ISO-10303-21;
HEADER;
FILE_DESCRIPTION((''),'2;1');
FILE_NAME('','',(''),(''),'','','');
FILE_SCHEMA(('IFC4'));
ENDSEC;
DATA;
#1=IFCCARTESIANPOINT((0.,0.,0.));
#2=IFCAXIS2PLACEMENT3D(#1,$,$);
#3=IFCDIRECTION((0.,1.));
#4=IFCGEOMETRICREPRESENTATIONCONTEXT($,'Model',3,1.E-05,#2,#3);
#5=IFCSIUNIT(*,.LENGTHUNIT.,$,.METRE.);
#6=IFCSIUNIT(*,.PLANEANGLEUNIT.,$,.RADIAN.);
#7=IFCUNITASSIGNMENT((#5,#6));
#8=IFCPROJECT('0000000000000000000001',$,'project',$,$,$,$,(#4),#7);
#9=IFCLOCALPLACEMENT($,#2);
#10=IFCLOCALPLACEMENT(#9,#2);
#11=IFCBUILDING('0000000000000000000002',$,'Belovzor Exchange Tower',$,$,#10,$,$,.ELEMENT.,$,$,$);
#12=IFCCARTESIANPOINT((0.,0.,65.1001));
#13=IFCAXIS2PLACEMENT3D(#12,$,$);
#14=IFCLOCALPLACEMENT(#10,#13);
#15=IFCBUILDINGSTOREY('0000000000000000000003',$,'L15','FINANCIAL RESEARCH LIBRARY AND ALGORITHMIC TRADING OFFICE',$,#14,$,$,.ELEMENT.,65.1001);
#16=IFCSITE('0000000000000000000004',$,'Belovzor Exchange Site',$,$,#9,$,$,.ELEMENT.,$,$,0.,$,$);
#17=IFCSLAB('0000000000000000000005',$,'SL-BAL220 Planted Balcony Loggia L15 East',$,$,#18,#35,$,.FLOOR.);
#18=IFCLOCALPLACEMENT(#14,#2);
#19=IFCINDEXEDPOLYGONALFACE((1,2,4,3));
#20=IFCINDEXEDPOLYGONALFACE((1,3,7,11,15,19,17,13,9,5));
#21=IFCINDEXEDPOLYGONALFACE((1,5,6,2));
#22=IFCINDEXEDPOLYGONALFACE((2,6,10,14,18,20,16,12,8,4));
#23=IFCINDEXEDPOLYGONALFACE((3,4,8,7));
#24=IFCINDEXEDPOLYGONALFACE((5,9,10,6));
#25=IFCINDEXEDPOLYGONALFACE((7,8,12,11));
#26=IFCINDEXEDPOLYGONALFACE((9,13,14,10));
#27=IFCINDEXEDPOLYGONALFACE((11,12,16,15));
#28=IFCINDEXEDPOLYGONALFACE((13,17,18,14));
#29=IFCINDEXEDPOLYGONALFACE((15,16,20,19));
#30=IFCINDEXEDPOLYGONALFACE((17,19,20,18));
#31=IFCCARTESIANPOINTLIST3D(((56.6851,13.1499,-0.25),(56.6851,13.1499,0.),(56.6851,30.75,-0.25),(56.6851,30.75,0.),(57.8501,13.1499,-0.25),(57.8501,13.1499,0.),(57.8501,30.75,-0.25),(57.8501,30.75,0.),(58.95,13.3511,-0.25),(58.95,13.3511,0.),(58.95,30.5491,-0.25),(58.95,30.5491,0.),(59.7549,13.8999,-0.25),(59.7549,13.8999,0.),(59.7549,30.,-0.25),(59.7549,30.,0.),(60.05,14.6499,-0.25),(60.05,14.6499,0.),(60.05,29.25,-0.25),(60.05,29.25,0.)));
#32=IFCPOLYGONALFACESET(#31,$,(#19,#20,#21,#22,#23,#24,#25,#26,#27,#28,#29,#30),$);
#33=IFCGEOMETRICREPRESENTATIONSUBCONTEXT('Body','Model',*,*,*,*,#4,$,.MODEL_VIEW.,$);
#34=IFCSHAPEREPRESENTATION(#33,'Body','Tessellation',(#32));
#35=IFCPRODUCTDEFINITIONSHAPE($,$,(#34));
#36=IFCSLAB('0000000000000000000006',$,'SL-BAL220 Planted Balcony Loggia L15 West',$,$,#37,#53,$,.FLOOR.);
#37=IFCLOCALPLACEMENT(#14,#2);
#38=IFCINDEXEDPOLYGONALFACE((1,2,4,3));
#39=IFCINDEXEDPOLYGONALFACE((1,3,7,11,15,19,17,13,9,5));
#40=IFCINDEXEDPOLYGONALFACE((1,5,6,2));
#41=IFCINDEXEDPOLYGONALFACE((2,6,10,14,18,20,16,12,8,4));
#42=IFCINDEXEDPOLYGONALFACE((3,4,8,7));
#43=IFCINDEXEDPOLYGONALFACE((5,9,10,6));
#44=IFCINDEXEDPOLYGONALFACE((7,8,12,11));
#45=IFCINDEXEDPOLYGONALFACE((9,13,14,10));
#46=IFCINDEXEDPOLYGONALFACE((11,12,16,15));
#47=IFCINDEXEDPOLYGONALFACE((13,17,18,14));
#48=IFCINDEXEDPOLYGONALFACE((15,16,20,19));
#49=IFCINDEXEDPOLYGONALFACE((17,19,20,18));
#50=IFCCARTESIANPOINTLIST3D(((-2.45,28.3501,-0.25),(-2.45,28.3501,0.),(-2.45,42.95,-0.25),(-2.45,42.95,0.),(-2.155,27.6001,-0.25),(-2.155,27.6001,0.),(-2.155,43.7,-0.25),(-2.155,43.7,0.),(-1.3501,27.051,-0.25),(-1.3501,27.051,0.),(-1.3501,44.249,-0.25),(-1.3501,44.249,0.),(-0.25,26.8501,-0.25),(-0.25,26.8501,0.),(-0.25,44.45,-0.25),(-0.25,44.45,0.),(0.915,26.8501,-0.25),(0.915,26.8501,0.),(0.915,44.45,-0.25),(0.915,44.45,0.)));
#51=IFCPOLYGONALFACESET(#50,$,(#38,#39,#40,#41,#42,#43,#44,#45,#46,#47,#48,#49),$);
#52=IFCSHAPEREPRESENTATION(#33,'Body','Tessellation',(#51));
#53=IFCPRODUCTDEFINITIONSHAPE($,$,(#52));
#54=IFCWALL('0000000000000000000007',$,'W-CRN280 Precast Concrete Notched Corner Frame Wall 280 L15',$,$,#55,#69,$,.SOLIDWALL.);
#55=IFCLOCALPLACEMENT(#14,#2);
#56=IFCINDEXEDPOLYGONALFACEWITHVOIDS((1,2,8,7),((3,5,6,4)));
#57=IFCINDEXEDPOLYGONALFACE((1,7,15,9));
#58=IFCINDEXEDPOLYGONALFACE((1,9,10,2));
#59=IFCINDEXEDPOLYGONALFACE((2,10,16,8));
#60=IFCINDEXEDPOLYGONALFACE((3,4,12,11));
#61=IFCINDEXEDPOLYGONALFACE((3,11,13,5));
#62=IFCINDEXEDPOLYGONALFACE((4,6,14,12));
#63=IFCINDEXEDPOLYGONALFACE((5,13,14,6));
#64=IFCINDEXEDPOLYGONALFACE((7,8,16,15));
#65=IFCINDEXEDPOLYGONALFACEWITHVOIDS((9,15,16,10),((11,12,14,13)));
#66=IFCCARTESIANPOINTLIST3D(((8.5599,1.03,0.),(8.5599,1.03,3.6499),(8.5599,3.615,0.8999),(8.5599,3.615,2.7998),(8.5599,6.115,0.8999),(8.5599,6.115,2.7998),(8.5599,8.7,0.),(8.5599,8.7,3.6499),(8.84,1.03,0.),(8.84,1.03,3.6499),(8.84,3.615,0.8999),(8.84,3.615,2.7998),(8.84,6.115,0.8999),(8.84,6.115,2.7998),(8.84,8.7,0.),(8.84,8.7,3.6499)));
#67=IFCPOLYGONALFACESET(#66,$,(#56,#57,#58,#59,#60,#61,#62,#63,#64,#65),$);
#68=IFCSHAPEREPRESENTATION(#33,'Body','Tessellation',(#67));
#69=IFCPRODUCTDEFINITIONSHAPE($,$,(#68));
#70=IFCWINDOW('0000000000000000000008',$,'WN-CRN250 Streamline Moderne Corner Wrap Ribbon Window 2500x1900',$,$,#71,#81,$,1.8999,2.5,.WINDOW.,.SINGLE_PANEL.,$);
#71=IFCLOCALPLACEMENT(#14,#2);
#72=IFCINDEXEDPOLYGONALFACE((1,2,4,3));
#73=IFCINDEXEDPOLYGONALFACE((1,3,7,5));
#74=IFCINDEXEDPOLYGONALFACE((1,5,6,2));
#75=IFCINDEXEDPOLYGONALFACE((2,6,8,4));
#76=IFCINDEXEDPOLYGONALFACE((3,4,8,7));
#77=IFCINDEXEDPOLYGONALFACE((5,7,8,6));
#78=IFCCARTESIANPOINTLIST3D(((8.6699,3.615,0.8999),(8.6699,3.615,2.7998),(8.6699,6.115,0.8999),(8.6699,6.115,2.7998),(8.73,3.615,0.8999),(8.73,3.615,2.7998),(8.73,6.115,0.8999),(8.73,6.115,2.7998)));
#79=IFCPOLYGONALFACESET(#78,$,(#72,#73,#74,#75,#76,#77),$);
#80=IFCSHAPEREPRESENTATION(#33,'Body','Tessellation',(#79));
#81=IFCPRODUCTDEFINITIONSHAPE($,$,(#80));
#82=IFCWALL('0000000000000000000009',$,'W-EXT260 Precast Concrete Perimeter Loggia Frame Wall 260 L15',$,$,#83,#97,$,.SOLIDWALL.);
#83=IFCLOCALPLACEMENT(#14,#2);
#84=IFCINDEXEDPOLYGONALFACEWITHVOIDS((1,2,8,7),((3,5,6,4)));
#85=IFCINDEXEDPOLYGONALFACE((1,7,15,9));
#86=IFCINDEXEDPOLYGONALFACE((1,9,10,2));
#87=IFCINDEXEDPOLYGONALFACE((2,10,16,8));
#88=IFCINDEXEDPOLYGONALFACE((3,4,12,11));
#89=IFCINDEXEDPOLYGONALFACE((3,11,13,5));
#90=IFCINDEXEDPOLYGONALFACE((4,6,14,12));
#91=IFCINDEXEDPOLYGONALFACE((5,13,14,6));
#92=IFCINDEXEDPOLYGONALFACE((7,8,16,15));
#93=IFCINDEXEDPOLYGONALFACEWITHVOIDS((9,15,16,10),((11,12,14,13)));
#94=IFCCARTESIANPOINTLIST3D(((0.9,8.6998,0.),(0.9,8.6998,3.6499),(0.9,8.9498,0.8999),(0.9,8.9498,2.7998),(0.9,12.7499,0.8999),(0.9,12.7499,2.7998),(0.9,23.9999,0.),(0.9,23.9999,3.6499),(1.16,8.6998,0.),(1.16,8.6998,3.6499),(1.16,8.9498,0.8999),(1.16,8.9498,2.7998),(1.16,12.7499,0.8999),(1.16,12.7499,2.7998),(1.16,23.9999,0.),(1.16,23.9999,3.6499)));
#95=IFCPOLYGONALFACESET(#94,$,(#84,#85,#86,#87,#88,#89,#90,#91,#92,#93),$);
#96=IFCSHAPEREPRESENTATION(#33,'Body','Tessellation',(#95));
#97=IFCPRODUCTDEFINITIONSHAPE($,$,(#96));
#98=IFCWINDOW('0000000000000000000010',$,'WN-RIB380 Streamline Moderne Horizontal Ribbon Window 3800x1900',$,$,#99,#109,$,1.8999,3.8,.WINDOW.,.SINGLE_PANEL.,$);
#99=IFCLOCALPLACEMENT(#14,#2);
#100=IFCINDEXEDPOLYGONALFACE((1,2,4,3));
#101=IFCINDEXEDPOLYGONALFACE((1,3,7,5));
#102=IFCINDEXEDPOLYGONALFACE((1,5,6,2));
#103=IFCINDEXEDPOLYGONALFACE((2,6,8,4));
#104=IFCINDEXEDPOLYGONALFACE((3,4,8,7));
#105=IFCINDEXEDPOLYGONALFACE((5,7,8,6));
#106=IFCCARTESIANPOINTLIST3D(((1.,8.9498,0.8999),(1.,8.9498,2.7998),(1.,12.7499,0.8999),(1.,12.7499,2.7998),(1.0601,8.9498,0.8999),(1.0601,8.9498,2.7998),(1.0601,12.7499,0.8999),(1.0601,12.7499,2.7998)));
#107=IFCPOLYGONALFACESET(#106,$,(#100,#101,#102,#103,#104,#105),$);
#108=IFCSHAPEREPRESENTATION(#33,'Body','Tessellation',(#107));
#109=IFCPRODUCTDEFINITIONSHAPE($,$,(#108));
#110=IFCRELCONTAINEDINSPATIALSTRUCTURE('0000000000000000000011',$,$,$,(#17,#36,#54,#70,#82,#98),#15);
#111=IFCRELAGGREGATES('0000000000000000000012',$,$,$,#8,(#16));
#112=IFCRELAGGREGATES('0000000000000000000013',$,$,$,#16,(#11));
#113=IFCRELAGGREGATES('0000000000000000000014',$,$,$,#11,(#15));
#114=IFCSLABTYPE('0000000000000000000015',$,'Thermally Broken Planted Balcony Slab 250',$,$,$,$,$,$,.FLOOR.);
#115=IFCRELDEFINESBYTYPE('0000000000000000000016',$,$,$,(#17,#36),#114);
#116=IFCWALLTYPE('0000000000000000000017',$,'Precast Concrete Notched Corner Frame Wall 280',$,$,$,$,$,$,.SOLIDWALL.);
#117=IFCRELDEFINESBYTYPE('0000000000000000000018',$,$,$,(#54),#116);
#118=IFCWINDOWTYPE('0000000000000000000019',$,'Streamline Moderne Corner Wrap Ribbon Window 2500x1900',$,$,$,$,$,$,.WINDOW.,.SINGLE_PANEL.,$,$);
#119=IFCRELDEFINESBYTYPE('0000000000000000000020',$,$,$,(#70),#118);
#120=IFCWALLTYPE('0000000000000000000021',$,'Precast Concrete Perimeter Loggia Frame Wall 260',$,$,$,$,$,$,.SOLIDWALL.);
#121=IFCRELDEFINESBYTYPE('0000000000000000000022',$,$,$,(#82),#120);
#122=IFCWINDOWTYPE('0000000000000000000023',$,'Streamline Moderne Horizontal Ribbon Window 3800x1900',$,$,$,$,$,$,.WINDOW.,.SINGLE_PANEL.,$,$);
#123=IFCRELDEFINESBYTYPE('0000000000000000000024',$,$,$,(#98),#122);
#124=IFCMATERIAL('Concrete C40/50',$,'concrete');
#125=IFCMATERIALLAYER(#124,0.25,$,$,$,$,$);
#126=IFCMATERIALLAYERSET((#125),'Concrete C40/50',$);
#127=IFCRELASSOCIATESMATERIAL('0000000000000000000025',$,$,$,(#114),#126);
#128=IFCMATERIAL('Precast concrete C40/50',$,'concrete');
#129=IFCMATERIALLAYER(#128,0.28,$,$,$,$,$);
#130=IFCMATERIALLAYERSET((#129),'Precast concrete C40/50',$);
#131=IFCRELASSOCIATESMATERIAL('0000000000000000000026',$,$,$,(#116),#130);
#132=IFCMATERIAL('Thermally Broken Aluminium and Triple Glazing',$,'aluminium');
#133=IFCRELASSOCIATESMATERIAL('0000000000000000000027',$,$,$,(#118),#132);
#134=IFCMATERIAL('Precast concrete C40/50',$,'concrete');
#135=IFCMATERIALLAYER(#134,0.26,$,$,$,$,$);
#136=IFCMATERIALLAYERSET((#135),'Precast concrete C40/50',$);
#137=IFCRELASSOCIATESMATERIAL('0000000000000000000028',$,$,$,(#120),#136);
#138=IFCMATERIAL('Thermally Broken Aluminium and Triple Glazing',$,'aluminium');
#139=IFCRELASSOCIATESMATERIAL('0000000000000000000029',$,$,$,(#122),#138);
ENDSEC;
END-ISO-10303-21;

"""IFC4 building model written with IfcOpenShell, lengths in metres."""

from ifc_helpers import new_model, si_unit, direction, frame, frame_2d, origin, place, context, subcontext, project, spatial, polyline, rectangle, outline, extrude, material, layer, layer_set, type_object, element, fill, save


model = new_model("IFC4")

# Units and contexts
model_context = context("Model", 3, precision=1e-05, world=origin(), true_north=direction((0.0, 1.0)))
body_context = subcontext(model_context, "Body", "Model", "MODEL_VIEW")
ifc_project = project(units=[si_unit("LENGTHUNIT", "METRE"), si_unit("PLANEANGLEUNIT", "RADIAN")], contexts=[model_context])

# Site, building, storey
site_placement = place(None, origin())
site = spatial("IfcSite", under=ifc_project, at=site_placement, Name="Belovzor Exchange Site", CompositionType="ELEMENT", RefElevation=0.0)
building_placement = place(site_placement, origin())
building = spatial("IfcBuilding", under=site, at=building_placement, Name="Belovzor Exchange Tower", CompositionType="ELEMENT")
storey_placement = place(building_placement, frame((0.0, 0.0, 65.1001)))
storey = spatial("IfcBuildingStorey", under=building, at=storey_placement, Name="L15", Description="FINANCIAL RESEARCH LIBRARY AND ALGORITHMIC TRADING OFFICE", CompositionType="ELEMENT", Elevation=65.1001)

# Slabs
ifc_material_1 = material(Name="Concrete C40/50", Category="concrete")
ifc_layer_1 = layer(ifc_material_1, 0.25)
ifc_layer_set_1 = layer_set([ifc_layer_1], Name="Concrete C40/50")
slab_type_1 = type_object("IfcSlabType", Name="Thermally Broken Planted Balcony Slab 250", PredefinedType="FLOOR", material=ifc_layer_set_1)
slab_1_placement = place(storey_placement, frame((0.0, 0.0, -0.25)))
element("IfcSlab", 1, at=slab_1_placement, inside=storey, type_object=slab_type_1, Name="SL-BAL220 Planted Balcony Loggia L15 East", PredefinedType="FLOOR", context=body_context, shape_type="SweptSolid", body=[
    extrude(outline(polyline([(56.6851, 13.1499), (57.8501, 13.1499), (58.95, 13.3511), (59.7549, 13.8999), (60.05, 14.6499), (60.05, 29.25), (59.7549, 30.0), (58.95, 30.5491), (57.8501, 30.75), (56.6851, 30.75), (56.6851, 13.1499)])), origin(), (0.0, 0.0, 1.0), 0.25),
])
slab_2_placement = place(storey_placement, frame((0.0, 0.0, -0.25)))
element("IfcSlab", 2, at=slab_2_placement, inside=storey, type_object=slab_type_1, Name="SL-BAL220 Planted Balcony Loggia L15 West", PredefinedType="FLOOR", context=body_context, shape_type="SweptSolid", body=[
    extrude(outline(polyline([(0.915, 44.45), (-0.25, 44.45), (-1.3501, 44.249), (-2.155, 43.7), (-2.45, 42.95), (-2.45, 28.3501), (-2.155, 27.6001), (-1.3501, 27.051), (-0.25, 26.8501), (0.915, 26.8501), (0.915, 44.45)])), origin(), (0.0, 0.0, 1.0), 0.25),
])

# Walls, openings, windows
ifc_material_2 = material(Name="Precast concrete C40/50", Category="concrete")
ifc_layer_2 = layer(ifc_material_2, 0.28)
ifc_layer_set_2 = layer_set([ifc_layer_2], Name="Precast concrete C40/50")
wall_type_1 = type_object("IfcWallType", Name="Precast Concrete Notched Corner Frame Wall 280", PredefinedType="SOLIDWALL", material=ifc_layer_set_2)
wall_1_placement = place(storey_placement, frame((8.7, 1.03, 0.0), z_axis=(0.0, 0.0, 1.0), x_axis=(0.0, 1.0, 0.0)))
wall_1 = element("IfcWall", 3, at=wall_1_placement, inside=storey, type_object=wall_type_1, Name="W-CRN280 Precast Concrete Notched Corner Frame Wall 280 L15", PredefinedType="SOLIDWALL", context=body_context, shape_type="SweptSolid", body=[
    extrude(rectangle(XDim=7.6699, YDim=0.28, at=frame_2d((3.835, 0.0))), origin(), (0.0, 0.0, 1.0), 3.6499),
])
opening_1_placement = place(wall_1_placement, frame((2.585, 0.0, 0.8999)))
opening_1 = element("IfcOpeningElement", 4, at=opening_1_placement, cuts=wall_1, PredefinedType="OPENING", context=body_context, shape_type="SweptSolid", body=[
    extrude(rectangle(XDim=2.5, YDim=1.8999, at=frame_2d((1.25, 0.95))), frame((0.0, 0.1499, 0.0), z_axis=(0.0, -1.0, 0.0), x_axis=(1.0, 0.0, 0.0)), (0.0, 0.0, 1.0), 0.3),
])
ifc_material_3 = material(Name="Thermally Broken Aluminium and Triple Glazing", Category="aluminium")
window_type_1 = type_object("IfcWindowType", Name="Streamline Moderne Corner Wrap Ribbon Window 2500x1900", PartitioningType="SINGLE_PANEL", PredefinedType="WINDOW", material=ifc_material_3)
window_1_placement = place(opening_1_placement, origin())
window_1 = element("IfcWindow", 5, at=window_1_placement, inside=storey, type_object=window_type_1, Name="WN-CRN250 Streamline Moderne Corner Wrap Ribbon Window 2500x1900", OverallHeight=1.8999, OverallWidth=2.5, PartitioningType="SINGLE_PANEL", PredefinedType="WINDOW", context=body_context, shape_type="SweptSolid", body=[
    extrude(rectangle(XDim=2.5, YDim=1.8999, at=frame_2d((1.25, 0.95))), frame((0.0, 0.03, 0.0), z_axis=(0.0, -1.0, 0.0), x_axis=(1.0, 0.0, 0.0)), (0.0, 0.0, 1.0), 0.0601),
])
fill(opening_1, window_1)
ifc_material_4 = material(Name="Precast concrete C40/50", Category="concrete")
ifc_layer_3 = layer(ifc_material_4, 0.26)
ifc_layer_set_3 = layer_set([ifc_layer_3], Name="Precast concrete C40/50")
wall_type_2 = type_object("IfcWallType", Name="Precast Concrete Perimeter Loggia Frame Wall 260", PredefinedType="SOLIDWALL", material=ifc_layer_set_3)
wall_2_placement = place(storey_placement, frame((1.03, 8.7, 0.0), z_axis=(0.0, 0.0, 1.0), x_axis=(0.0, 1.0, 0.0)))
wall_2 = element("IfcWall", 6, at=wall_2_placement, inside=storey, type_object=wall_type_2, Name="W-EXT260 Precast Concrete Perimeter Loggia Frame Wall 260 L15", PredefinedType="SOLIDWALL", context=body_context, shape_type="SweptSolid", body=[
    extrude(rectangle(XDim=15.3, YDim=0.26, at=frame_2d((7.6499, 0.0))), origin(), (0.0, 0.0, 1.0), 3.6499),
])
opening_2_placement = place(wall_2_placement, frame((0.25, 0.0, 0.8999)))
opening_2 = element("IfcOpeningElement", 7, at=opening_2_placement, cuts=wall_2, PredefinedType="OPENING", context=body_context, shape_type="SweptSolid", body=[
    extrude(rectangle(XDim=3.8, YDim=1.8999, at=frame_2d((1.8999, 0.95))), frame((0.0, 0.1399, 0.0), z_axis=(0.0, -1.0, 0.0), x_axis=(1.0, 0.0, 0.0)), (0.0, 0.0, 1.0), 0.28),
])
ifc_material_5 = material(Name="Thermally Broken Aluminium and Triple Glazing", Category="aluminium")
window_type_2 = type_object("IfcWindowType", Name="Streamline Moderne Horizontal Ribbon Window 3800x1900", PartitioningType="SINGLE_PANEL", PredefinedType="WINDOW", material=ifc_material_5)
window_2_placement = place(opening_2_placement, origin())
window_2 = element("IfcWindow", 8, at=window_2_placement, inside=storey, type_object=window_type_2, Name="WN-RIB380 Streamline Moderne Horizontal Ribbon Window 3800x1900", OverallHeight=1.8999, OverallWidth=3.8, PartitioningType="SINGLE_PANEL", PredefinedType="WINDOW", context=body_context, shape_type="SweptSolid", body=[
    extrude(rectangle(XDim=3.8, YDim=1.8999, at=frame_2d((1.8999, 0.95))), frame((0.0, 0.03, 0.0), z_axis=(0.0, -1.0, 0.0), x_axis=(1.0, 0.0, 0.0)), (0.0, 0.0, 1.0), 0.0601),
])
fill(opening_2, window_2)

save(model, "model.ifc")
